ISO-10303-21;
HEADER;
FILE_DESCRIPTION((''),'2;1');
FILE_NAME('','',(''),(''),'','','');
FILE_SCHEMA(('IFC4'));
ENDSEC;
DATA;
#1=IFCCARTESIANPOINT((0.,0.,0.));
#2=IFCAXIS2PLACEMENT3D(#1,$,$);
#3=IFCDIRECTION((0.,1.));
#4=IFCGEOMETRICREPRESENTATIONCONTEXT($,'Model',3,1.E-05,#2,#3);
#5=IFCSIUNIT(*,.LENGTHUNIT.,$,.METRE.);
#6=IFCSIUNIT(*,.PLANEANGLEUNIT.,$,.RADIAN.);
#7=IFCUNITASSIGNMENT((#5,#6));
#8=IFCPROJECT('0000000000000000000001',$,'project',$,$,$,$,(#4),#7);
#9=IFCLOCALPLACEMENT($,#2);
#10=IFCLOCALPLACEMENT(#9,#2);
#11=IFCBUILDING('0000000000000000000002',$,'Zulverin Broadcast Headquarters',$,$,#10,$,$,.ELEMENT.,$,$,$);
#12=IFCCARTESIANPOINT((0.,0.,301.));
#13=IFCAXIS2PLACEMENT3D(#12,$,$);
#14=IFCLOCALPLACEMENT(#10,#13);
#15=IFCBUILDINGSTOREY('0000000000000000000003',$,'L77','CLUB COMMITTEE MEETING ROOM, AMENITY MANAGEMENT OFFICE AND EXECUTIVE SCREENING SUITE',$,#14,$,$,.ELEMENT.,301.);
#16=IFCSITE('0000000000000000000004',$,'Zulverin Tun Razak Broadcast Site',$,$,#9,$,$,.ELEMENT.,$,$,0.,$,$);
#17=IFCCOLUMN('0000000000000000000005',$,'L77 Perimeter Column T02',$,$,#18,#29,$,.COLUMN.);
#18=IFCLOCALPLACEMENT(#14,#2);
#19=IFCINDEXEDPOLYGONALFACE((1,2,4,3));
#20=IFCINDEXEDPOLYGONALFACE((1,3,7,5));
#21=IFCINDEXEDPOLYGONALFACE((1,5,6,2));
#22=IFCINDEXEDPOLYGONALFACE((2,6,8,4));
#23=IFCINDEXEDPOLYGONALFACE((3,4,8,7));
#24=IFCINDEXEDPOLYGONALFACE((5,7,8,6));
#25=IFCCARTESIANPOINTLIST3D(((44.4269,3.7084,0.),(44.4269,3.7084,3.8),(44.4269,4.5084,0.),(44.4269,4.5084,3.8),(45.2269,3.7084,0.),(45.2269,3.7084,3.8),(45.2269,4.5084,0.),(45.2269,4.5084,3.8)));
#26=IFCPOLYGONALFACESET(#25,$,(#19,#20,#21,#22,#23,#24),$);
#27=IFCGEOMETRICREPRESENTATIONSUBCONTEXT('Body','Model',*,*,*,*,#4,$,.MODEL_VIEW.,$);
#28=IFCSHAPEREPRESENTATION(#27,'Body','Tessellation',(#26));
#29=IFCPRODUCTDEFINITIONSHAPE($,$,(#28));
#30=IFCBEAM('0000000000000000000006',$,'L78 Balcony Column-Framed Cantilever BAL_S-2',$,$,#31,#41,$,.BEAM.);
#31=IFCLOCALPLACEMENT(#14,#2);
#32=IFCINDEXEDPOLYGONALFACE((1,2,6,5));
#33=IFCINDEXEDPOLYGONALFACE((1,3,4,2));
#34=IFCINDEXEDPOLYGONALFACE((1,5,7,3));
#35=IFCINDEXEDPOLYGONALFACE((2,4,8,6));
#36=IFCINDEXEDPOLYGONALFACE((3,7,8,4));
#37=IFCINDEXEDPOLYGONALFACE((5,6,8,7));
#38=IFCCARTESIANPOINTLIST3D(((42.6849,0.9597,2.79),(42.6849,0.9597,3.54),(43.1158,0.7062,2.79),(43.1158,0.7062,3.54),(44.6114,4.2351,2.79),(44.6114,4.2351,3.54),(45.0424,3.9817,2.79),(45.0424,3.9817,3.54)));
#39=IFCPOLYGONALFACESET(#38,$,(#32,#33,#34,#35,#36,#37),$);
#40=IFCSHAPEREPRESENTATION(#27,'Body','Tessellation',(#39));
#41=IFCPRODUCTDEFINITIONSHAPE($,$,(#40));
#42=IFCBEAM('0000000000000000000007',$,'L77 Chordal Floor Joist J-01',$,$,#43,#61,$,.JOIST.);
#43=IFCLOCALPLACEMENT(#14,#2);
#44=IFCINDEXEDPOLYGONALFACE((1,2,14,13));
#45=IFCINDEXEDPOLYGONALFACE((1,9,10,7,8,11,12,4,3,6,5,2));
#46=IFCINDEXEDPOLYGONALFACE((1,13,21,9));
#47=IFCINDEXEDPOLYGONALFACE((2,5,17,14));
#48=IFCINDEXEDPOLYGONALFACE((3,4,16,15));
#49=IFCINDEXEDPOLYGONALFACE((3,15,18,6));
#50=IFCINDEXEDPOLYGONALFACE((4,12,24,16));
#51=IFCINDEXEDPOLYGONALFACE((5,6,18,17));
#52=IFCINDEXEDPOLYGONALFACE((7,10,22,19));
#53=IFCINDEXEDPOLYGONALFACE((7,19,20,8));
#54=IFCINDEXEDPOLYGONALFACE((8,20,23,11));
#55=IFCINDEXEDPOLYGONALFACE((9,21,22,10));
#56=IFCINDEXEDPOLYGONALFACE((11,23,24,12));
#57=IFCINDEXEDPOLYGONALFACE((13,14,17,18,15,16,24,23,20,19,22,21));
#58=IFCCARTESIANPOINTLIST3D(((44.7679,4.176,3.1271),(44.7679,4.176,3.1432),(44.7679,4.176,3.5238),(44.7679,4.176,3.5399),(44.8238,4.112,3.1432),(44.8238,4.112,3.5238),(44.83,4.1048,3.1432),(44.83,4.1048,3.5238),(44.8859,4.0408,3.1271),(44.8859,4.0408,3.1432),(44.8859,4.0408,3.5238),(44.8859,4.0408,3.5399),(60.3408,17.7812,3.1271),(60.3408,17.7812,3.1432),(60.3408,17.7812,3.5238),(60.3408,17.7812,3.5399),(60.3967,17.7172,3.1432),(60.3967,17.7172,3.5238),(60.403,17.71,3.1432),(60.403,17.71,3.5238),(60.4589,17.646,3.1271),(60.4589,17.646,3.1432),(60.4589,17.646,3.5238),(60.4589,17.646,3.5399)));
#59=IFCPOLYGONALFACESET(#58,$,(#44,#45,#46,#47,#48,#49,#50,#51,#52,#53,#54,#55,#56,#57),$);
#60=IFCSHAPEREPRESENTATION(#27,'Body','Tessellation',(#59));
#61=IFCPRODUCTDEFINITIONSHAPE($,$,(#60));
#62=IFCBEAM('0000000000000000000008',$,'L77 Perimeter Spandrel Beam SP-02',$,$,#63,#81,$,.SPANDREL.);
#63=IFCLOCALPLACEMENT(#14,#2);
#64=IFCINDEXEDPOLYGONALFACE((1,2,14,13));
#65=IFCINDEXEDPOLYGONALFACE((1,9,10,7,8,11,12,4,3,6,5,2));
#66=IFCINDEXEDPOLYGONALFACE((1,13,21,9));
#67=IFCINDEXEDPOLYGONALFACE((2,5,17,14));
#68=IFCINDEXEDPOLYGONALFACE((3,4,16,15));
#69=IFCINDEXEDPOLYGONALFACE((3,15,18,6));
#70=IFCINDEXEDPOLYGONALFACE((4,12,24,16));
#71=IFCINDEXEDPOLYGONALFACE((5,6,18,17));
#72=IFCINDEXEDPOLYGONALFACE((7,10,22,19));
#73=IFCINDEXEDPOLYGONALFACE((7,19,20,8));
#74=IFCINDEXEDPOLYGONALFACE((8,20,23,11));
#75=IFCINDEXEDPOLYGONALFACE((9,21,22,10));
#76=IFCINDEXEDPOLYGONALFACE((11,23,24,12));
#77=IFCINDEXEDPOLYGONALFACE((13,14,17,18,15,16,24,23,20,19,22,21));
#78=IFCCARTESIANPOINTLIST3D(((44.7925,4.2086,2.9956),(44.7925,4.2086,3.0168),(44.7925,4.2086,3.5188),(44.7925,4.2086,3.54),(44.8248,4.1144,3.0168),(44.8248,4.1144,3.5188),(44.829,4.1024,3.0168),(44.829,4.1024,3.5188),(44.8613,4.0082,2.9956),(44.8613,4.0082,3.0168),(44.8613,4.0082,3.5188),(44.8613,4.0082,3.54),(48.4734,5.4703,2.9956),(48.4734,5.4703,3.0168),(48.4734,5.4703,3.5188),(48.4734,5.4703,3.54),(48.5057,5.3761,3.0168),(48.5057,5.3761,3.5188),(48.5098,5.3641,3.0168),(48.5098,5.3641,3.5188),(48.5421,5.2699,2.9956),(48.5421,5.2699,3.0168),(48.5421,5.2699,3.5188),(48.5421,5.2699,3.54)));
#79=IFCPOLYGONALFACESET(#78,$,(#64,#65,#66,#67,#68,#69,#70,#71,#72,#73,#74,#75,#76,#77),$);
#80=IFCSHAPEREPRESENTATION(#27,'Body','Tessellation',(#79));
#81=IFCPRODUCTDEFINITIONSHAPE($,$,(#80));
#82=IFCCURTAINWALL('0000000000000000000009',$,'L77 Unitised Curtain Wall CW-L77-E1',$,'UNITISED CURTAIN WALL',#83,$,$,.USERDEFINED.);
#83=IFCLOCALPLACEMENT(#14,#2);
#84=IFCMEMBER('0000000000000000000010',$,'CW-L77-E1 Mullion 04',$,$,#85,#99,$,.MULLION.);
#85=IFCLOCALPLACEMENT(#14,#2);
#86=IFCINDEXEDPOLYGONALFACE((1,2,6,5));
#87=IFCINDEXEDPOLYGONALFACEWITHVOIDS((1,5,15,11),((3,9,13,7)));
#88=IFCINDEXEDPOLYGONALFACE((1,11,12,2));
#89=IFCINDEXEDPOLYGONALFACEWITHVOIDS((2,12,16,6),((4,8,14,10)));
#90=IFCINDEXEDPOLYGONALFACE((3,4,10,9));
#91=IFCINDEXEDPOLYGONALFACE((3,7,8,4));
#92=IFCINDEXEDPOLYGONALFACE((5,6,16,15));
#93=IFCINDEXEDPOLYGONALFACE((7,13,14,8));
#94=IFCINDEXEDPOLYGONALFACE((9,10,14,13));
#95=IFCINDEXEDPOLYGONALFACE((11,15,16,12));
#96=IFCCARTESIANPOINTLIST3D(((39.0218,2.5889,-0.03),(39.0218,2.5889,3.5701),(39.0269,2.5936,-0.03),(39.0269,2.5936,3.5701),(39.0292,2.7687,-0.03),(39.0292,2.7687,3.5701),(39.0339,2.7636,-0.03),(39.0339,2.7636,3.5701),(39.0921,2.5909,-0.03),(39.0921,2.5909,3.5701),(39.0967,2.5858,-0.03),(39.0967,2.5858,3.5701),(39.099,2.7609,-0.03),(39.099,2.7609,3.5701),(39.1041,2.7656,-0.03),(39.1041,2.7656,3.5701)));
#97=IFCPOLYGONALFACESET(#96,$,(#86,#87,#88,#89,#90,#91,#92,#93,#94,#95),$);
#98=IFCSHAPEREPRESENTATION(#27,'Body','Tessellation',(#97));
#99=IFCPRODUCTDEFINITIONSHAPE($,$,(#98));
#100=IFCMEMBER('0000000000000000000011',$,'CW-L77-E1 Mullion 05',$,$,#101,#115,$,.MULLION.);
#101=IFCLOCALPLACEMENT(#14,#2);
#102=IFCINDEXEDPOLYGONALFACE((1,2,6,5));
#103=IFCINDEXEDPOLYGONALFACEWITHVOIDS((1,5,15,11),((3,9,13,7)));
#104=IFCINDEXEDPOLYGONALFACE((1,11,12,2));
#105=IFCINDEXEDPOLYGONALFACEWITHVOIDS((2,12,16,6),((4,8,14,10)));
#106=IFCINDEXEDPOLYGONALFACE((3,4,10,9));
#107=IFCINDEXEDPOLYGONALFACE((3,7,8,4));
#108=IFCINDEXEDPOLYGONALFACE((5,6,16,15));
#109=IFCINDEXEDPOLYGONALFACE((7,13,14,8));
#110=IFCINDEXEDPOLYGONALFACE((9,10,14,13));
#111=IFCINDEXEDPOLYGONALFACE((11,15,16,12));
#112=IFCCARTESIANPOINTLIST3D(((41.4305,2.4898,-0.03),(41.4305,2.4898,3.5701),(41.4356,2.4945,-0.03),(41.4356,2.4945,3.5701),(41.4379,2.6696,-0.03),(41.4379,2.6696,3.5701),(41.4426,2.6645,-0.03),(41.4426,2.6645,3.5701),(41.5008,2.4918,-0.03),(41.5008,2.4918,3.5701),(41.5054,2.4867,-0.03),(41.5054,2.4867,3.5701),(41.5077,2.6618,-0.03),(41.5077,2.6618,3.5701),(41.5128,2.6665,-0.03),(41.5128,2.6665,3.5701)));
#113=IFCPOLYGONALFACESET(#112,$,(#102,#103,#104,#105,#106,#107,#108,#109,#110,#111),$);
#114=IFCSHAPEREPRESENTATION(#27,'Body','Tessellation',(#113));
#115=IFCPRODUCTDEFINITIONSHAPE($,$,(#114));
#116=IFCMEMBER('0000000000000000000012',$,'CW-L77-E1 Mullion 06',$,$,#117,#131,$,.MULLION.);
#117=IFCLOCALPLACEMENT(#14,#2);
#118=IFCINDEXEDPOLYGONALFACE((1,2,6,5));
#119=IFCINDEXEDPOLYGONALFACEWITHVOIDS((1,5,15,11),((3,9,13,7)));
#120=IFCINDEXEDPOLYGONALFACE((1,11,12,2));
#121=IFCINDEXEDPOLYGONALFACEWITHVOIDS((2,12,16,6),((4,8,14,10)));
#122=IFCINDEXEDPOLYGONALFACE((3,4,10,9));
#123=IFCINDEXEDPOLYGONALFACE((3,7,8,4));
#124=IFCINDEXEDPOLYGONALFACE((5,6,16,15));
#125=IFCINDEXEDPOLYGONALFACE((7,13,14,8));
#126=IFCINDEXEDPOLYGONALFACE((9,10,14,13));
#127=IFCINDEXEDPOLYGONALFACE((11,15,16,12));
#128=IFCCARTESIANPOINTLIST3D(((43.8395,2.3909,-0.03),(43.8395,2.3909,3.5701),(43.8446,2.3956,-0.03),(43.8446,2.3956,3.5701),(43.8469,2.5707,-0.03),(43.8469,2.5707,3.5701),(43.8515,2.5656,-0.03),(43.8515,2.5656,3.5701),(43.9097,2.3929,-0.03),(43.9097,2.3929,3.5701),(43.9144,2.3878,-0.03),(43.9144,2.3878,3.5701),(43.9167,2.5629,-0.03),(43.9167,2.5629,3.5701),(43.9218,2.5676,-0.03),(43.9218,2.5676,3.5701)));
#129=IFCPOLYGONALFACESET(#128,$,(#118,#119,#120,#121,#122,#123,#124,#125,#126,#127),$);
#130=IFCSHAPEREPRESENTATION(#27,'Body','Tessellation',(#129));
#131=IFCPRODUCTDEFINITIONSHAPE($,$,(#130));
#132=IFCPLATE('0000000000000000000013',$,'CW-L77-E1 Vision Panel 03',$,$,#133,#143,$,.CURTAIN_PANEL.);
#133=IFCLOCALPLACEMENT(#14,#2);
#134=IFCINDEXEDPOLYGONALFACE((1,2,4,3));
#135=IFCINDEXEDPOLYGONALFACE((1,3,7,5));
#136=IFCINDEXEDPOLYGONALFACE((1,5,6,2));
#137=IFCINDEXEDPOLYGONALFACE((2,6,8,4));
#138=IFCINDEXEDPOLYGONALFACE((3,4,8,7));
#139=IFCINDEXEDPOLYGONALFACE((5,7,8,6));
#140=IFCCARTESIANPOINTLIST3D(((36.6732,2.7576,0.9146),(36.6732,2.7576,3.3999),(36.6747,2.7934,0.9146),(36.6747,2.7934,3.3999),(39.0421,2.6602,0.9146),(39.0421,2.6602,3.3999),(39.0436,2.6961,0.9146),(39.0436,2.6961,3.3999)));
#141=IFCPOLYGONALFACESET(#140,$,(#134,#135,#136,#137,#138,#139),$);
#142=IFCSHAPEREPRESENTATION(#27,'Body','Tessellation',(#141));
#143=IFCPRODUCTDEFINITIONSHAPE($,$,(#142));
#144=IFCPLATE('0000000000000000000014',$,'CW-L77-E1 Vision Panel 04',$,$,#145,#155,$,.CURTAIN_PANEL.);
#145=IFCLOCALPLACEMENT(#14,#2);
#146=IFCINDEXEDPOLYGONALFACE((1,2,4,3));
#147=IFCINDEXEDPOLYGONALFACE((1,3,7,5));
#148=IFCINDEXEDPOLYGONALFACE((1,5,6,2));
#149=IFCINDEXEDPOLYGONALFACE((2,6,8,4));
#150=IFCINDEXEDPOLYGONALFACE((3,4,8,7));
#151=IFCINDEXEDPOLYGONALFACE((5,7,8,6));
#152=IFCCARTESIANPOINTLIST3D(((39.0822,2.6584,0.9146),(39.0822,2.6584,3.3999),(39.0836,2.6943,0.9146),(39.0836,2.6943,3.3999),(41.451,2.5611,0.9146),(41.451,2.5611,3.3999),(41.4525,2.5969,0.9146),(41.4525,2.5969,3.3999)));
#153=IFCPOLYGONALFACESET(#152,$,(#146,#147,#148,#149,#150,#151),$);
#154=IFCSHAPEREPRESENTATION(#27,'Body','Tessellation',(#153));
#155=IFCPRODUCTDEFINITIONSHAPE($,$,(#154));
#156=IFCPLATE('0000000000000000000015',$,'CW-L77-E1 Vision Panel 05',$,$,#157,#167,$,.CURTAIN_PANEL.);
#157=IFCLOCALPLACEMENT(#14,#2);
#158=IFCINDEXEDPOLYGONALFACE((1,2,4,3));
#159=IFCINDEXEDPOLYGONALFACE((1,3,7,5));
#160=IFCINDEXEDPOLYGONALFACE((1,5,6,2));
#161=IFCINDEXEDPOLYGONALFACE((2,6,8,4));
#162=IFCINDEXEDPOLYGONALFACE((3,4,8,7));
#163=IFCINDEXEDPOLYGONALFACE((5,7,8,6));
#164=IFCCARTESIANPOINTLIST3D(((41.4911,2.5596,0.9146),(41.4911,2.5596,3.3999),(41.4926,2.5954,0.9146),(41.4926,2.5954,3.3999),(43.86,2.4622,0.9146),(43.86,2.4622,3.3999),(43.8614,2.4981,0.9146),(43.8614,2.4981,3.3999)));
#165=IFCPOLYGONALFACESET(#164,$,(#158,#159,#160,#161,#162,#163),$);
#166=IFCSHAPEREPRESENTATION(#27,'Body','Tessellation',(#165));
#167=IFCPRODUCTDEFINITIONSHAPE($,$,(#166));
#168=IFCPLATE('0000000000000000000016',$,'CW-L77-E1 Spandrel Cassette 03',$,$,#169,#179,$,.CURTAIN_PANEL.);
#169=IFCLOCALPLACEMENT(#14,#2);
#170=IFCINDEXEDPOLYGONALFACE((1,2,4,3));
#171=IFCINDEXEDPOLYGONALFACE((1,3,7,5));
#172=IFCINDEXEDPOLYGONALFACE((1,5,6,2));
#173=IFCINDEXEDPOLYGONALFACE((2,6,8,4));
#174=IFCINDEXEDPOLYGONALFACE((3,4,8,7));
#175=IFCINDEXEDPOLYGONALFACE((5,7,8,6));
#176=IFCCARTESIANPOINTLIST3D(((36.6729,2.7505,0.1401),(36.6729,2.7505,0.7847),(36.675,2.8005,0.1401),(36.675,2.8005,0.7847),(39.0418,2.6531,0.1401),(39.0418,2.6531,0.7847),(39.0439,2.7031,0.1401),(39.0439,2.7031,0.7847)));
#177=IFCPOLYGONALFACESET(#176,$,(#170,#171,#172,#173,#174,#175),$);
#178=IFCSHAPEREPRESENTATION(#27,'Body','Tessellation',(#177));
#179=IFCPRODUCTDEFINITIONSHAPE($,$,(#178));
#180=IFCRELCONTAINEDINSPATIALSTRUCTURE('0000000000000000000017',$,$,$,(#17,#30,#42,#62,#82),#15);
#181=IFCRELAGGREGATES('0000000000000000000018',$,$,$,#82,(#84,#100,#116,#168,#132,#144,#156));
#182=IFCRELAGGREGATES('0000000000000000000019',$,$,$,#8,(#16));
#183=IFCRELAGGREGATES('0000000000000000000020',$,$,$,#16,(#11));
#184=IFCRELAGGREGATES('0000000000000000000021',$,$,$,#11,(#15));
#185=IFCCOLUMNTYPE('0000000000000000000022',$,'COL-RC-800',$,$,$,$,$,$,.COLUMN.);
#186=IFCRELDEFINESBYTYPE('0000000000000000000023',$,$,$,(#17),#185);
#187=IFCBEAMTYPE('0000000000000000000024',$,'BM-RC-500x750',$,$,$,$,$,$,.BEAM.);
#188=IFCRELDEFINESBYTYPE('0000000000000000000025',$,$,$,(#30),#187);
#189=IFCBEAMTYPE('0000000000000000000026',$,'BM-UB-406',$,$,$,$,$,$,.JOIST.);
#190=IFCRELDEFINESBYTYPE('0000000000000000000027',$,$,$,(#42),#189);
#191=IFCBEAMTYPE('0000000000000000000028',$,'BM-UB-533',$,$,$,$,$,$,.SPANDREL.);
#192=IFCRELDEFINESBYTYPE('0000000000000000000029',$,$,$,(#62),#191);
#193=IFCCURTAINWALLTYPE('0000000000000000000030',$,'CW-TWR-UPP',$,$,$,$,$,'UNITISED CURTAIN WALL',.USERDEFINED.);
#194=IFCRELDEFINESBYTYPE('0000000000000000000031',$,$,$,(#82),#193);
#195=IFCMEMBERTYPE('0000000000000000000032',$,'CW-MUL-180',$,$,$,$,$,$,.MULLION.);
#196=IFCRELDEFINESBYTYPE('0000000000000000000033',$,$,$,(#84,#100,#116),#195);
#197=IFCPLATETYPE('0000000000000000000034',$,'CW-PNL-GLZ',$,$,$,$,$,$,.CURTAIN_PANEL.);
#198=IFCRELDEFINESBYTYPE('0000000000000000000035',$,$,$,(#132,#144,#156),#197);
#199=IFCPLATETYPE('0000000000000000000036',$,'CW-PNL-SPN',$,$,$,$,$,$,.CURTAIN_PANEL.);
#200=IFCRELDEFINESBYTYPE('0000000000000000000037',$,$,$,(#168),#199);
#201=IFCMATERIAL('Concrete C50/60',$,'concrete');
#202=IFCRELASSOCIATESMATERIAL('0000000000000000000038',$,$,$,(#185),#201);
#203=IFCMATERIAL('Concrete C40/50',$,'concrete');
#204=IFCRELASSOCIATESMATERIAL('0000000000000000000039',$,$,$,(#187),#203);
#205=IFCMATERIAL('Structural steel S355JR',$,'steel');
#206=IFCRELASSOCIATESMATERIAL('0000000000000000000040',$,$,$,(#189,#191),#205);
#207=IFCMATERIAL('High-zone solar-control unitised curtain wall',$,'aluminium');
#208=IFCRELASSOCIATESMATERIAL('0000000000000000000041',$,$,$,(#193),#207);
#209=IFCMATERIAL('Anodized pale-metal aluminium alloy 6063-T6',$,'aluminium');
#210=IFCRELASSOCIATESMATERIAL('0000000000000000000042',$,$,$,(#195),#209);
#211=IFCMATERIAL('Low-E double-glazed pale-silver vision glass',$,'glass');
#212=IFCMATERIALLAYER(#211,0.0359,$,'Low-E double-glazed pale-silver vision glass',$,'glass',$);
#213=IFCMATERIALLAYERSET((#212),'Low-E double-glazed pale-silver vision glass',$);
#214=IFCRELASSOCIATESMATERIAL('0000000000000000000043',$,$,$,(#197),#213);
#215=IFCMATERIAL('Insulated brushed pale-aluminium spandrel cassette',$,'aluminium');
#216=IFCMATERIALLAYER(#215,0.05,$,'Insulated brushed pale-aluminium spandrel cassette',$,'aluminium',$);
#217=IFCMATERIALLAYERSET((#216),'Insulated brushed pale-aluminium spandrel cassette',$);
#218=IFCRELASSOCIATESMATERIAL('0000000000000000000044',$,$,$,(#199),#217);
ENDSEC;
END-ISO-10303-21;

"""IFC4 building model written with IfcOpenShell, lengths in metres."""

from ifc_helpers import new_model, si_unit, direction, frame, origin, origin_2d, place, context, subcontext, project, spatial, rectangle, hollow_rectangle, i_section, extrude, material, layer, layer_set, material_profile, profile_set, type_object, element, aggregate, save


model = new_model("IFC4")

# Units and contexts
model_context = context("Model", 3, precision=1e-05, world=origin(), true_north=direction((0.0, 1.0)))
body_context = subcontext(model_context, "Body", "Model", "MODEL_VIEW")
ifc_project = project(units=[si_unit("LENGTHUNIT", "METRE"), si_unit("PLANEANGLEUNIT", "RADIAN")], contexts=[model_context])

# Site, building, storey
site_placement = place(None, origin())
site = spatial("IfcSite", under=ifc_project, at=site_placement, Name="Zulverin Tun Razak Broadcast Site", CompositionType="ELEMENT", RefElevation=0.0)
building_placement = place(site_placement, origin())
building = spatial("IfcBuilding", under=site, at=building_placement, Name="Zulverin Broadcast Headquarters", CompositionType="ELEMENT")
storey_placement = place(building_placement, frame((0.0, 0.0, 301.0)))
storey = spatial("IfcBuildingStorey", under=building, at=storey_placement, Name="L77", Description="CLUB COMMITTEE MEETING ROOM, AMENITY MANAGEMENT OFFICE AND EXECUTIVE SCREENING SUITE", CompositionType="ELEMENT", Elevation=301.0)

# Column
ifc_material_1 = material(Name="Concrete C50/60", Category="concrete")
ifc_material_profile_1 = material_profile(ifc_material_1, rectangle(XDim=0.8, YDim=0.8, at=origin_2d()), Name="Concrete C50/60", Category="concrete")
ifc_profile_set_1 = profile_set([ifc_material_profile_1], Name="Concrete C50/60")
column_type = type_object("IfcColumnType", Name="COL-RC-800", PredefinedType="COLUMN", material=ifc_profile_set_1)
column_placement = place(storey_placement, frame((44.8269, 4.1084, 0.0), z_axis=(0.0, 0.0, 1.0), x_axis=(1.0, 0.0, 0.0)))
element("IfcColumn", 1, at=column_placement, inside=storey, type_object=column_type, Name="L77 Perimeter Column T02", PredefinedType="COLUMN", context=body_context, shape_type="SweptSolid", body=[
    extrude(rectangle(XDim=0.8, YDim=0.8, at=origin_2d()), origin(), (0.0, 0.0, 1.0), 3.8),
])

# Beams
ifc_material_2 = material(Name="Concrete C40/50", Category="concrete")
ifc_material_profile_2 = material_profile(ifc_material_2, rectangle(XDim=0.5, YDim=0.75, at=origin_2d()), Name="Concrete C40/50", Category="concrete")
ifc_profile_set_2 = profile_set([ifc_material_profile_2], Name="Concrete C40/50")
beam_type_1 = type_object("IfcBeamType", Name="BM-RC-500x750", PredefinedType="BEAM", material=ifc_profile_set_2)
beam_1_placement = place(storey_placement, frame((44.8269, 4.1084, 3.165), z_axis=(-0.506984, -0.861956, 0.0), x_axis=(0.861956, -0.506984, 0.0)))
element("IfcBeam", 2, at=beam_1_placement, inside=storey, type_object=beam_type_1, Name="L78 Balcony Column-Framed Cantilever BAL_S-2", PredefinedType="BEAM", context=body_context, shape_type="SweptSolid", body=[
    extrude(rectangle(XDim=0.5, YDim=0.75, at=origin_2d()), origin(), (0.0, 0.0, 1.0), 3.8),
])
ifc_material_3 = material(Name="Structural steel S355JR", Category="steel")
ifc_material_profile_3 = material_profile(ifc_material_3, i_section(OverallWidth=0.1794, OverallDepth=0.4128, WebThickness=0.0095, FlangeThickness=0.0161, at=origin_2d()), Name="Structural steel S355JR", Category="steel")
ifc_profile_set_3 = profile_set([ifc_material_profile_3], Name="Structural steel S355JR")
beam_type_2 = type_object("IfcBeamType", Name="BM-UB-406", PredefinedType="JOIST", material=ifc_profile_set_3)
beam_2_placement = place(storey_placement, frame((44.8269, 4.1084, 3.3335), z_axis=(0.753083, 0.657925, 0.0), x_axis=(-0.657925, 0.753083, 0.0)))
element("IfcBeam", 3, at=beam_2_placement, inside=storey, type_object=beam_type_2, Name="L77 Chordal Floor Joist J-01", PredefinedType="JOIST", context=body_context, shape_type="SweptSolid", body=[
    extrude(i_section(OverallWidth=0.1794, OverallDepth=0.4128, WebThickness=0.0095, FlangeThickness=0.0161, at=origin_2d()), origin(), (0.0, 0.0, 1.0), 20.679),
])
ifc_material_profile_4 = material_profile(ifc_material_3, i_section(OverallWidth=0.2119, OverallDepth=0.5444, WebThickness=0.0127, FlangeThickness=0.0212, at=origin_2d()), Name="Structural steel S355JR", Category="steel")
ifc_profile_set_4 = profile_set([ifc_material_profile_4], Name="Structural steel S355JR")
beam_type_3 = type_object("IfcBeamType", Name="BM-UB-533", PredefinedType="SPANDREL", material=ifc_profile_set_4)
beam_3_placement = place(storey_placement, frame((44.8269, 4.1084, 3.2678), z_axis=(0.94597, 0.324254, 0.0), x_axis=(-0.324254, 0.94597, 0.0)))
element("IfcBeam", 4, at=beam_3_placement, inside=storey, type_object=beam_type_3, Name="L77 Perimeter Spandrel Beam SP-02", PredefinedType="SPANDREL", context=body_context, shape_type="SweptSolid", body=[
    extrude(i_section(OverallWidth=0.2119, OverallDepth=0.5444, WebThickness=0.0127, FlangeThickness=0.0212, at=origin_2d()), origin(), (0.0, 0.0, 1.0), 3.8911),
])

# Curtain wall, members, plates
ifc_material_4 = material(Name="High-zone solar-control unitised curtain wall", Category="aluminium")
curtain_wall_type = type_object("IfcCurtainWallType", Name="CW-TWR-UPP", ElementType="UNITISED CURTAIN WALL", PredefinedType="USERDEFINED", material=ifc_material_4)
curtain_wall_placement = place(storey_placement, origin())
curtain_wall = element("IfcCurtainWall", 5, at=curtain_wall_placement, inside=storey, type_object=curtain_wall_type, Name="L77 Unitised Curtain Wall CW-L77-E1", ObjectType="UNITISED CURTAIN WALL", PredefinedType="USERDEFINED")
ifc_material_5 = material(Name="Anodized pale-metal aluminium alloy 6063-T6", Category="aluminium")
ifc_material_profile_5 = material_profile(ifc_material_5, hollow_rectangle(XDim=0.075, YDim=0.1799, WallThickness=0.0049, at=origin_2d()), Name="Anodized pale-metal aluminium alloy 6063-T6", Category="aluminium")
ifc_profile_set_5 = profile_set([ifc_material_profile_5], Name="Anodized pale-metal aluminium alloy 6063-T6")
member_type = type_object("IfcMemberType", Name="CW-MUL-180", PredefinedType="MULLION", material=ifc_profile_set_5)
member_1_placement = place(storey_placement, frame((39.063, 2.6772, -0.03), z_axis=(0.0, 0.0, 1.0), x_axis=(0.999156, -0.04107, 0.0)))
member_1 = element("IfcMember", 6, at=member_1_placement, type_object=member_type, Name="CW-L77-E1 Mullion 04", PredefinedType="MULLION", context=body_context, shape_type="SweptSolid", body=[
    extrude(hollow_rectangle(XDim=0.075, YDim=0.1799, WallThickness=0.0049, at=origin_2d()), origin(), (0.0, 0.0, 1.0), 3.6001),
])
member_2_placement = place(storey_placement, frame((41.4717, 2.5781, -0.03), z_axis=(0.0, 0.0, 1.0), x_axis=(0.999156, -0.04107, 0.0)))
member_2 = element("IfcMember", 7, at=member_2_placement, type_object=member_type, Name="CW-L77-E1 Mullion 05", PredefinedType="MULLION", context=body_context, shape_type="SweptSolid", body=[
    extrude(hollow_rectangle(XDim=0.075, YDim=0.1799, WallThickness=0.0049, at=origin_2d()), origin(), (0.0, 0.0, 1.0), 3.6001),
])
member_3_placement = place(storey_placement, frame((43.8806, 2.4792, -0.03), z_axis=(0.0, 0.0, 1.0), x_axis=(0.999156, -0.04107, 0.0)))
member_3 = element("IfcMember", 8, at=member_3_placement, type_object=member_type, Name="CW-L77-E1 Mullion 06", PredefinedType="MULLION", context=body_context, shape_type="SweptSolid", body=[
    extrude(hollow_rectangle(XDim=0.075, YDim=0.1799, WallThickness=0.0049, at=origin_2d()), origin(), (0.0, 0.0, 1.0), 3.6001),
])
ifc_material_6 = material(Name="Low-E double-glazed pale-silver vision glass", Category="glass")
ifc_layer_1 = layer(ifc_material_6, 0.0359, Name="Low-E double-glazed pale-silver vision glass", Category="glass")
ifc_layer_set_1 = layer_set([ifc_layer_1], Name="Low-E double-glazed pale-silver vision glass")
plate_type_1 = type_object("IfcPlateType", Name="CW-PNL-GLZ", PredefinedType="CURTAIN_PANEL", material=ifc_layer_set_1)
plate_1_placement = place(storey_placement, frame((37.8584, 2.7268, 0.9146), z_axis=(0.0, 0.0, 1.0), x_axis=(0.999156, -0.04107, 0.0)))
plate_1 = element("IfcPlate", 9, at=plate_1_placement, type_object=plate_type_1, Name="CW-L77-E1 Vision Panel 03", PredefinedType="CURTAIN_PANEL", context=body_context, shape_type="SweptSolid", body=[
    extrude(rectangle(XDim=2.3708, YDim=0.0359, at=origin_2d()), origin(), (0.0, 0.0, 1.0), 2.4854),
])
plate_2_placement = place(storey_placement, frame((40.2673, 2.6277, 0.9146), z_axis=(0.0, 0.0, 1.0), x_axis=(0.999156, -0.04107, 0.0)))
plate_2 = element("IfcPlate", 10, at=plate_2_placement, type_object=plate_type_1, Name="CW-L77-E1 Vision Panel 04", PredefinedType="CURTAIN_PANEL", context=body_context, shape_type="SweptSolid", body=[
    extrude(rectangle(XDim=2.3708, YDim=0.0359, at=origin_2d()), origin(), (0.0, 0.0, 1.0), 2.4854),
])
plate_3_placement = place(storey_placement, frame((42.6763, 2.5288, 0.9146), z_axis=(0.0, 0.0, 1.0), x_axis=(0.999156, -0.04107, 0.0)))
plate_3 = element("IfcPlate", 11, at=plate_3_placement, type_object=plate_type_1, Name="CW-L77-E1 Vision Panel 05", PredefinedType="CURTAIN_PANEL", context=body_context, shape_type="SweptSolid", body=[
    extrude(rectangle(XDim=2.3708, YDim=0.0359, at=origin_2d()), origin(), (0.0, 0.0, 1.0), 2.4854),
])
ifc_material_7 = material(Name="Insulated brushed pale-aluminium spandrel cassette", Category="aluminium")
ifc_layer_2 = layer(ifc_material_7, 0.05, Name="Insulated brushed pale-aluminium spandrel cassette", Category="aluminium")
ifc_layer_set_2 = layer_set([ifc_layer_2], Name="Insulated brushed pale-aluminium spandrel cassette")
plate_type_2 = type_object("IfcPlateType", Name="CW-PNL-SPN", PredefinedType="CURTAIN_PANEL", material=ifc_layer_set_2)
plate_4_placement = place(storey_placement, frame((37.8584, 2.7268, 0.1401), z_axis=(0.0, 0.0, 1.0), x_axis=(0.999156, -0.04107, 0.0)))
plate_4 = element("IfcPlate", 12, at=plate_4_placement, type_object=plate_type_2, Name="CW-L77-E1 Spandrel Cassette 03", PredefinedType="CURTAIN_PANEL", context=body_context, shape_type="SweptSolid", body=[
    extrude(rectangle(XDim=2.3708, YDim=0.05, at=origin_2d()), origin(), (0.0, 0.0, 1.0), 0.6445),
])
aggregate(curtain_wall, [member_1, member_2, member_3, plate_4, plate_1, plate_2, plate_3])

save(model, "model.ifc")
